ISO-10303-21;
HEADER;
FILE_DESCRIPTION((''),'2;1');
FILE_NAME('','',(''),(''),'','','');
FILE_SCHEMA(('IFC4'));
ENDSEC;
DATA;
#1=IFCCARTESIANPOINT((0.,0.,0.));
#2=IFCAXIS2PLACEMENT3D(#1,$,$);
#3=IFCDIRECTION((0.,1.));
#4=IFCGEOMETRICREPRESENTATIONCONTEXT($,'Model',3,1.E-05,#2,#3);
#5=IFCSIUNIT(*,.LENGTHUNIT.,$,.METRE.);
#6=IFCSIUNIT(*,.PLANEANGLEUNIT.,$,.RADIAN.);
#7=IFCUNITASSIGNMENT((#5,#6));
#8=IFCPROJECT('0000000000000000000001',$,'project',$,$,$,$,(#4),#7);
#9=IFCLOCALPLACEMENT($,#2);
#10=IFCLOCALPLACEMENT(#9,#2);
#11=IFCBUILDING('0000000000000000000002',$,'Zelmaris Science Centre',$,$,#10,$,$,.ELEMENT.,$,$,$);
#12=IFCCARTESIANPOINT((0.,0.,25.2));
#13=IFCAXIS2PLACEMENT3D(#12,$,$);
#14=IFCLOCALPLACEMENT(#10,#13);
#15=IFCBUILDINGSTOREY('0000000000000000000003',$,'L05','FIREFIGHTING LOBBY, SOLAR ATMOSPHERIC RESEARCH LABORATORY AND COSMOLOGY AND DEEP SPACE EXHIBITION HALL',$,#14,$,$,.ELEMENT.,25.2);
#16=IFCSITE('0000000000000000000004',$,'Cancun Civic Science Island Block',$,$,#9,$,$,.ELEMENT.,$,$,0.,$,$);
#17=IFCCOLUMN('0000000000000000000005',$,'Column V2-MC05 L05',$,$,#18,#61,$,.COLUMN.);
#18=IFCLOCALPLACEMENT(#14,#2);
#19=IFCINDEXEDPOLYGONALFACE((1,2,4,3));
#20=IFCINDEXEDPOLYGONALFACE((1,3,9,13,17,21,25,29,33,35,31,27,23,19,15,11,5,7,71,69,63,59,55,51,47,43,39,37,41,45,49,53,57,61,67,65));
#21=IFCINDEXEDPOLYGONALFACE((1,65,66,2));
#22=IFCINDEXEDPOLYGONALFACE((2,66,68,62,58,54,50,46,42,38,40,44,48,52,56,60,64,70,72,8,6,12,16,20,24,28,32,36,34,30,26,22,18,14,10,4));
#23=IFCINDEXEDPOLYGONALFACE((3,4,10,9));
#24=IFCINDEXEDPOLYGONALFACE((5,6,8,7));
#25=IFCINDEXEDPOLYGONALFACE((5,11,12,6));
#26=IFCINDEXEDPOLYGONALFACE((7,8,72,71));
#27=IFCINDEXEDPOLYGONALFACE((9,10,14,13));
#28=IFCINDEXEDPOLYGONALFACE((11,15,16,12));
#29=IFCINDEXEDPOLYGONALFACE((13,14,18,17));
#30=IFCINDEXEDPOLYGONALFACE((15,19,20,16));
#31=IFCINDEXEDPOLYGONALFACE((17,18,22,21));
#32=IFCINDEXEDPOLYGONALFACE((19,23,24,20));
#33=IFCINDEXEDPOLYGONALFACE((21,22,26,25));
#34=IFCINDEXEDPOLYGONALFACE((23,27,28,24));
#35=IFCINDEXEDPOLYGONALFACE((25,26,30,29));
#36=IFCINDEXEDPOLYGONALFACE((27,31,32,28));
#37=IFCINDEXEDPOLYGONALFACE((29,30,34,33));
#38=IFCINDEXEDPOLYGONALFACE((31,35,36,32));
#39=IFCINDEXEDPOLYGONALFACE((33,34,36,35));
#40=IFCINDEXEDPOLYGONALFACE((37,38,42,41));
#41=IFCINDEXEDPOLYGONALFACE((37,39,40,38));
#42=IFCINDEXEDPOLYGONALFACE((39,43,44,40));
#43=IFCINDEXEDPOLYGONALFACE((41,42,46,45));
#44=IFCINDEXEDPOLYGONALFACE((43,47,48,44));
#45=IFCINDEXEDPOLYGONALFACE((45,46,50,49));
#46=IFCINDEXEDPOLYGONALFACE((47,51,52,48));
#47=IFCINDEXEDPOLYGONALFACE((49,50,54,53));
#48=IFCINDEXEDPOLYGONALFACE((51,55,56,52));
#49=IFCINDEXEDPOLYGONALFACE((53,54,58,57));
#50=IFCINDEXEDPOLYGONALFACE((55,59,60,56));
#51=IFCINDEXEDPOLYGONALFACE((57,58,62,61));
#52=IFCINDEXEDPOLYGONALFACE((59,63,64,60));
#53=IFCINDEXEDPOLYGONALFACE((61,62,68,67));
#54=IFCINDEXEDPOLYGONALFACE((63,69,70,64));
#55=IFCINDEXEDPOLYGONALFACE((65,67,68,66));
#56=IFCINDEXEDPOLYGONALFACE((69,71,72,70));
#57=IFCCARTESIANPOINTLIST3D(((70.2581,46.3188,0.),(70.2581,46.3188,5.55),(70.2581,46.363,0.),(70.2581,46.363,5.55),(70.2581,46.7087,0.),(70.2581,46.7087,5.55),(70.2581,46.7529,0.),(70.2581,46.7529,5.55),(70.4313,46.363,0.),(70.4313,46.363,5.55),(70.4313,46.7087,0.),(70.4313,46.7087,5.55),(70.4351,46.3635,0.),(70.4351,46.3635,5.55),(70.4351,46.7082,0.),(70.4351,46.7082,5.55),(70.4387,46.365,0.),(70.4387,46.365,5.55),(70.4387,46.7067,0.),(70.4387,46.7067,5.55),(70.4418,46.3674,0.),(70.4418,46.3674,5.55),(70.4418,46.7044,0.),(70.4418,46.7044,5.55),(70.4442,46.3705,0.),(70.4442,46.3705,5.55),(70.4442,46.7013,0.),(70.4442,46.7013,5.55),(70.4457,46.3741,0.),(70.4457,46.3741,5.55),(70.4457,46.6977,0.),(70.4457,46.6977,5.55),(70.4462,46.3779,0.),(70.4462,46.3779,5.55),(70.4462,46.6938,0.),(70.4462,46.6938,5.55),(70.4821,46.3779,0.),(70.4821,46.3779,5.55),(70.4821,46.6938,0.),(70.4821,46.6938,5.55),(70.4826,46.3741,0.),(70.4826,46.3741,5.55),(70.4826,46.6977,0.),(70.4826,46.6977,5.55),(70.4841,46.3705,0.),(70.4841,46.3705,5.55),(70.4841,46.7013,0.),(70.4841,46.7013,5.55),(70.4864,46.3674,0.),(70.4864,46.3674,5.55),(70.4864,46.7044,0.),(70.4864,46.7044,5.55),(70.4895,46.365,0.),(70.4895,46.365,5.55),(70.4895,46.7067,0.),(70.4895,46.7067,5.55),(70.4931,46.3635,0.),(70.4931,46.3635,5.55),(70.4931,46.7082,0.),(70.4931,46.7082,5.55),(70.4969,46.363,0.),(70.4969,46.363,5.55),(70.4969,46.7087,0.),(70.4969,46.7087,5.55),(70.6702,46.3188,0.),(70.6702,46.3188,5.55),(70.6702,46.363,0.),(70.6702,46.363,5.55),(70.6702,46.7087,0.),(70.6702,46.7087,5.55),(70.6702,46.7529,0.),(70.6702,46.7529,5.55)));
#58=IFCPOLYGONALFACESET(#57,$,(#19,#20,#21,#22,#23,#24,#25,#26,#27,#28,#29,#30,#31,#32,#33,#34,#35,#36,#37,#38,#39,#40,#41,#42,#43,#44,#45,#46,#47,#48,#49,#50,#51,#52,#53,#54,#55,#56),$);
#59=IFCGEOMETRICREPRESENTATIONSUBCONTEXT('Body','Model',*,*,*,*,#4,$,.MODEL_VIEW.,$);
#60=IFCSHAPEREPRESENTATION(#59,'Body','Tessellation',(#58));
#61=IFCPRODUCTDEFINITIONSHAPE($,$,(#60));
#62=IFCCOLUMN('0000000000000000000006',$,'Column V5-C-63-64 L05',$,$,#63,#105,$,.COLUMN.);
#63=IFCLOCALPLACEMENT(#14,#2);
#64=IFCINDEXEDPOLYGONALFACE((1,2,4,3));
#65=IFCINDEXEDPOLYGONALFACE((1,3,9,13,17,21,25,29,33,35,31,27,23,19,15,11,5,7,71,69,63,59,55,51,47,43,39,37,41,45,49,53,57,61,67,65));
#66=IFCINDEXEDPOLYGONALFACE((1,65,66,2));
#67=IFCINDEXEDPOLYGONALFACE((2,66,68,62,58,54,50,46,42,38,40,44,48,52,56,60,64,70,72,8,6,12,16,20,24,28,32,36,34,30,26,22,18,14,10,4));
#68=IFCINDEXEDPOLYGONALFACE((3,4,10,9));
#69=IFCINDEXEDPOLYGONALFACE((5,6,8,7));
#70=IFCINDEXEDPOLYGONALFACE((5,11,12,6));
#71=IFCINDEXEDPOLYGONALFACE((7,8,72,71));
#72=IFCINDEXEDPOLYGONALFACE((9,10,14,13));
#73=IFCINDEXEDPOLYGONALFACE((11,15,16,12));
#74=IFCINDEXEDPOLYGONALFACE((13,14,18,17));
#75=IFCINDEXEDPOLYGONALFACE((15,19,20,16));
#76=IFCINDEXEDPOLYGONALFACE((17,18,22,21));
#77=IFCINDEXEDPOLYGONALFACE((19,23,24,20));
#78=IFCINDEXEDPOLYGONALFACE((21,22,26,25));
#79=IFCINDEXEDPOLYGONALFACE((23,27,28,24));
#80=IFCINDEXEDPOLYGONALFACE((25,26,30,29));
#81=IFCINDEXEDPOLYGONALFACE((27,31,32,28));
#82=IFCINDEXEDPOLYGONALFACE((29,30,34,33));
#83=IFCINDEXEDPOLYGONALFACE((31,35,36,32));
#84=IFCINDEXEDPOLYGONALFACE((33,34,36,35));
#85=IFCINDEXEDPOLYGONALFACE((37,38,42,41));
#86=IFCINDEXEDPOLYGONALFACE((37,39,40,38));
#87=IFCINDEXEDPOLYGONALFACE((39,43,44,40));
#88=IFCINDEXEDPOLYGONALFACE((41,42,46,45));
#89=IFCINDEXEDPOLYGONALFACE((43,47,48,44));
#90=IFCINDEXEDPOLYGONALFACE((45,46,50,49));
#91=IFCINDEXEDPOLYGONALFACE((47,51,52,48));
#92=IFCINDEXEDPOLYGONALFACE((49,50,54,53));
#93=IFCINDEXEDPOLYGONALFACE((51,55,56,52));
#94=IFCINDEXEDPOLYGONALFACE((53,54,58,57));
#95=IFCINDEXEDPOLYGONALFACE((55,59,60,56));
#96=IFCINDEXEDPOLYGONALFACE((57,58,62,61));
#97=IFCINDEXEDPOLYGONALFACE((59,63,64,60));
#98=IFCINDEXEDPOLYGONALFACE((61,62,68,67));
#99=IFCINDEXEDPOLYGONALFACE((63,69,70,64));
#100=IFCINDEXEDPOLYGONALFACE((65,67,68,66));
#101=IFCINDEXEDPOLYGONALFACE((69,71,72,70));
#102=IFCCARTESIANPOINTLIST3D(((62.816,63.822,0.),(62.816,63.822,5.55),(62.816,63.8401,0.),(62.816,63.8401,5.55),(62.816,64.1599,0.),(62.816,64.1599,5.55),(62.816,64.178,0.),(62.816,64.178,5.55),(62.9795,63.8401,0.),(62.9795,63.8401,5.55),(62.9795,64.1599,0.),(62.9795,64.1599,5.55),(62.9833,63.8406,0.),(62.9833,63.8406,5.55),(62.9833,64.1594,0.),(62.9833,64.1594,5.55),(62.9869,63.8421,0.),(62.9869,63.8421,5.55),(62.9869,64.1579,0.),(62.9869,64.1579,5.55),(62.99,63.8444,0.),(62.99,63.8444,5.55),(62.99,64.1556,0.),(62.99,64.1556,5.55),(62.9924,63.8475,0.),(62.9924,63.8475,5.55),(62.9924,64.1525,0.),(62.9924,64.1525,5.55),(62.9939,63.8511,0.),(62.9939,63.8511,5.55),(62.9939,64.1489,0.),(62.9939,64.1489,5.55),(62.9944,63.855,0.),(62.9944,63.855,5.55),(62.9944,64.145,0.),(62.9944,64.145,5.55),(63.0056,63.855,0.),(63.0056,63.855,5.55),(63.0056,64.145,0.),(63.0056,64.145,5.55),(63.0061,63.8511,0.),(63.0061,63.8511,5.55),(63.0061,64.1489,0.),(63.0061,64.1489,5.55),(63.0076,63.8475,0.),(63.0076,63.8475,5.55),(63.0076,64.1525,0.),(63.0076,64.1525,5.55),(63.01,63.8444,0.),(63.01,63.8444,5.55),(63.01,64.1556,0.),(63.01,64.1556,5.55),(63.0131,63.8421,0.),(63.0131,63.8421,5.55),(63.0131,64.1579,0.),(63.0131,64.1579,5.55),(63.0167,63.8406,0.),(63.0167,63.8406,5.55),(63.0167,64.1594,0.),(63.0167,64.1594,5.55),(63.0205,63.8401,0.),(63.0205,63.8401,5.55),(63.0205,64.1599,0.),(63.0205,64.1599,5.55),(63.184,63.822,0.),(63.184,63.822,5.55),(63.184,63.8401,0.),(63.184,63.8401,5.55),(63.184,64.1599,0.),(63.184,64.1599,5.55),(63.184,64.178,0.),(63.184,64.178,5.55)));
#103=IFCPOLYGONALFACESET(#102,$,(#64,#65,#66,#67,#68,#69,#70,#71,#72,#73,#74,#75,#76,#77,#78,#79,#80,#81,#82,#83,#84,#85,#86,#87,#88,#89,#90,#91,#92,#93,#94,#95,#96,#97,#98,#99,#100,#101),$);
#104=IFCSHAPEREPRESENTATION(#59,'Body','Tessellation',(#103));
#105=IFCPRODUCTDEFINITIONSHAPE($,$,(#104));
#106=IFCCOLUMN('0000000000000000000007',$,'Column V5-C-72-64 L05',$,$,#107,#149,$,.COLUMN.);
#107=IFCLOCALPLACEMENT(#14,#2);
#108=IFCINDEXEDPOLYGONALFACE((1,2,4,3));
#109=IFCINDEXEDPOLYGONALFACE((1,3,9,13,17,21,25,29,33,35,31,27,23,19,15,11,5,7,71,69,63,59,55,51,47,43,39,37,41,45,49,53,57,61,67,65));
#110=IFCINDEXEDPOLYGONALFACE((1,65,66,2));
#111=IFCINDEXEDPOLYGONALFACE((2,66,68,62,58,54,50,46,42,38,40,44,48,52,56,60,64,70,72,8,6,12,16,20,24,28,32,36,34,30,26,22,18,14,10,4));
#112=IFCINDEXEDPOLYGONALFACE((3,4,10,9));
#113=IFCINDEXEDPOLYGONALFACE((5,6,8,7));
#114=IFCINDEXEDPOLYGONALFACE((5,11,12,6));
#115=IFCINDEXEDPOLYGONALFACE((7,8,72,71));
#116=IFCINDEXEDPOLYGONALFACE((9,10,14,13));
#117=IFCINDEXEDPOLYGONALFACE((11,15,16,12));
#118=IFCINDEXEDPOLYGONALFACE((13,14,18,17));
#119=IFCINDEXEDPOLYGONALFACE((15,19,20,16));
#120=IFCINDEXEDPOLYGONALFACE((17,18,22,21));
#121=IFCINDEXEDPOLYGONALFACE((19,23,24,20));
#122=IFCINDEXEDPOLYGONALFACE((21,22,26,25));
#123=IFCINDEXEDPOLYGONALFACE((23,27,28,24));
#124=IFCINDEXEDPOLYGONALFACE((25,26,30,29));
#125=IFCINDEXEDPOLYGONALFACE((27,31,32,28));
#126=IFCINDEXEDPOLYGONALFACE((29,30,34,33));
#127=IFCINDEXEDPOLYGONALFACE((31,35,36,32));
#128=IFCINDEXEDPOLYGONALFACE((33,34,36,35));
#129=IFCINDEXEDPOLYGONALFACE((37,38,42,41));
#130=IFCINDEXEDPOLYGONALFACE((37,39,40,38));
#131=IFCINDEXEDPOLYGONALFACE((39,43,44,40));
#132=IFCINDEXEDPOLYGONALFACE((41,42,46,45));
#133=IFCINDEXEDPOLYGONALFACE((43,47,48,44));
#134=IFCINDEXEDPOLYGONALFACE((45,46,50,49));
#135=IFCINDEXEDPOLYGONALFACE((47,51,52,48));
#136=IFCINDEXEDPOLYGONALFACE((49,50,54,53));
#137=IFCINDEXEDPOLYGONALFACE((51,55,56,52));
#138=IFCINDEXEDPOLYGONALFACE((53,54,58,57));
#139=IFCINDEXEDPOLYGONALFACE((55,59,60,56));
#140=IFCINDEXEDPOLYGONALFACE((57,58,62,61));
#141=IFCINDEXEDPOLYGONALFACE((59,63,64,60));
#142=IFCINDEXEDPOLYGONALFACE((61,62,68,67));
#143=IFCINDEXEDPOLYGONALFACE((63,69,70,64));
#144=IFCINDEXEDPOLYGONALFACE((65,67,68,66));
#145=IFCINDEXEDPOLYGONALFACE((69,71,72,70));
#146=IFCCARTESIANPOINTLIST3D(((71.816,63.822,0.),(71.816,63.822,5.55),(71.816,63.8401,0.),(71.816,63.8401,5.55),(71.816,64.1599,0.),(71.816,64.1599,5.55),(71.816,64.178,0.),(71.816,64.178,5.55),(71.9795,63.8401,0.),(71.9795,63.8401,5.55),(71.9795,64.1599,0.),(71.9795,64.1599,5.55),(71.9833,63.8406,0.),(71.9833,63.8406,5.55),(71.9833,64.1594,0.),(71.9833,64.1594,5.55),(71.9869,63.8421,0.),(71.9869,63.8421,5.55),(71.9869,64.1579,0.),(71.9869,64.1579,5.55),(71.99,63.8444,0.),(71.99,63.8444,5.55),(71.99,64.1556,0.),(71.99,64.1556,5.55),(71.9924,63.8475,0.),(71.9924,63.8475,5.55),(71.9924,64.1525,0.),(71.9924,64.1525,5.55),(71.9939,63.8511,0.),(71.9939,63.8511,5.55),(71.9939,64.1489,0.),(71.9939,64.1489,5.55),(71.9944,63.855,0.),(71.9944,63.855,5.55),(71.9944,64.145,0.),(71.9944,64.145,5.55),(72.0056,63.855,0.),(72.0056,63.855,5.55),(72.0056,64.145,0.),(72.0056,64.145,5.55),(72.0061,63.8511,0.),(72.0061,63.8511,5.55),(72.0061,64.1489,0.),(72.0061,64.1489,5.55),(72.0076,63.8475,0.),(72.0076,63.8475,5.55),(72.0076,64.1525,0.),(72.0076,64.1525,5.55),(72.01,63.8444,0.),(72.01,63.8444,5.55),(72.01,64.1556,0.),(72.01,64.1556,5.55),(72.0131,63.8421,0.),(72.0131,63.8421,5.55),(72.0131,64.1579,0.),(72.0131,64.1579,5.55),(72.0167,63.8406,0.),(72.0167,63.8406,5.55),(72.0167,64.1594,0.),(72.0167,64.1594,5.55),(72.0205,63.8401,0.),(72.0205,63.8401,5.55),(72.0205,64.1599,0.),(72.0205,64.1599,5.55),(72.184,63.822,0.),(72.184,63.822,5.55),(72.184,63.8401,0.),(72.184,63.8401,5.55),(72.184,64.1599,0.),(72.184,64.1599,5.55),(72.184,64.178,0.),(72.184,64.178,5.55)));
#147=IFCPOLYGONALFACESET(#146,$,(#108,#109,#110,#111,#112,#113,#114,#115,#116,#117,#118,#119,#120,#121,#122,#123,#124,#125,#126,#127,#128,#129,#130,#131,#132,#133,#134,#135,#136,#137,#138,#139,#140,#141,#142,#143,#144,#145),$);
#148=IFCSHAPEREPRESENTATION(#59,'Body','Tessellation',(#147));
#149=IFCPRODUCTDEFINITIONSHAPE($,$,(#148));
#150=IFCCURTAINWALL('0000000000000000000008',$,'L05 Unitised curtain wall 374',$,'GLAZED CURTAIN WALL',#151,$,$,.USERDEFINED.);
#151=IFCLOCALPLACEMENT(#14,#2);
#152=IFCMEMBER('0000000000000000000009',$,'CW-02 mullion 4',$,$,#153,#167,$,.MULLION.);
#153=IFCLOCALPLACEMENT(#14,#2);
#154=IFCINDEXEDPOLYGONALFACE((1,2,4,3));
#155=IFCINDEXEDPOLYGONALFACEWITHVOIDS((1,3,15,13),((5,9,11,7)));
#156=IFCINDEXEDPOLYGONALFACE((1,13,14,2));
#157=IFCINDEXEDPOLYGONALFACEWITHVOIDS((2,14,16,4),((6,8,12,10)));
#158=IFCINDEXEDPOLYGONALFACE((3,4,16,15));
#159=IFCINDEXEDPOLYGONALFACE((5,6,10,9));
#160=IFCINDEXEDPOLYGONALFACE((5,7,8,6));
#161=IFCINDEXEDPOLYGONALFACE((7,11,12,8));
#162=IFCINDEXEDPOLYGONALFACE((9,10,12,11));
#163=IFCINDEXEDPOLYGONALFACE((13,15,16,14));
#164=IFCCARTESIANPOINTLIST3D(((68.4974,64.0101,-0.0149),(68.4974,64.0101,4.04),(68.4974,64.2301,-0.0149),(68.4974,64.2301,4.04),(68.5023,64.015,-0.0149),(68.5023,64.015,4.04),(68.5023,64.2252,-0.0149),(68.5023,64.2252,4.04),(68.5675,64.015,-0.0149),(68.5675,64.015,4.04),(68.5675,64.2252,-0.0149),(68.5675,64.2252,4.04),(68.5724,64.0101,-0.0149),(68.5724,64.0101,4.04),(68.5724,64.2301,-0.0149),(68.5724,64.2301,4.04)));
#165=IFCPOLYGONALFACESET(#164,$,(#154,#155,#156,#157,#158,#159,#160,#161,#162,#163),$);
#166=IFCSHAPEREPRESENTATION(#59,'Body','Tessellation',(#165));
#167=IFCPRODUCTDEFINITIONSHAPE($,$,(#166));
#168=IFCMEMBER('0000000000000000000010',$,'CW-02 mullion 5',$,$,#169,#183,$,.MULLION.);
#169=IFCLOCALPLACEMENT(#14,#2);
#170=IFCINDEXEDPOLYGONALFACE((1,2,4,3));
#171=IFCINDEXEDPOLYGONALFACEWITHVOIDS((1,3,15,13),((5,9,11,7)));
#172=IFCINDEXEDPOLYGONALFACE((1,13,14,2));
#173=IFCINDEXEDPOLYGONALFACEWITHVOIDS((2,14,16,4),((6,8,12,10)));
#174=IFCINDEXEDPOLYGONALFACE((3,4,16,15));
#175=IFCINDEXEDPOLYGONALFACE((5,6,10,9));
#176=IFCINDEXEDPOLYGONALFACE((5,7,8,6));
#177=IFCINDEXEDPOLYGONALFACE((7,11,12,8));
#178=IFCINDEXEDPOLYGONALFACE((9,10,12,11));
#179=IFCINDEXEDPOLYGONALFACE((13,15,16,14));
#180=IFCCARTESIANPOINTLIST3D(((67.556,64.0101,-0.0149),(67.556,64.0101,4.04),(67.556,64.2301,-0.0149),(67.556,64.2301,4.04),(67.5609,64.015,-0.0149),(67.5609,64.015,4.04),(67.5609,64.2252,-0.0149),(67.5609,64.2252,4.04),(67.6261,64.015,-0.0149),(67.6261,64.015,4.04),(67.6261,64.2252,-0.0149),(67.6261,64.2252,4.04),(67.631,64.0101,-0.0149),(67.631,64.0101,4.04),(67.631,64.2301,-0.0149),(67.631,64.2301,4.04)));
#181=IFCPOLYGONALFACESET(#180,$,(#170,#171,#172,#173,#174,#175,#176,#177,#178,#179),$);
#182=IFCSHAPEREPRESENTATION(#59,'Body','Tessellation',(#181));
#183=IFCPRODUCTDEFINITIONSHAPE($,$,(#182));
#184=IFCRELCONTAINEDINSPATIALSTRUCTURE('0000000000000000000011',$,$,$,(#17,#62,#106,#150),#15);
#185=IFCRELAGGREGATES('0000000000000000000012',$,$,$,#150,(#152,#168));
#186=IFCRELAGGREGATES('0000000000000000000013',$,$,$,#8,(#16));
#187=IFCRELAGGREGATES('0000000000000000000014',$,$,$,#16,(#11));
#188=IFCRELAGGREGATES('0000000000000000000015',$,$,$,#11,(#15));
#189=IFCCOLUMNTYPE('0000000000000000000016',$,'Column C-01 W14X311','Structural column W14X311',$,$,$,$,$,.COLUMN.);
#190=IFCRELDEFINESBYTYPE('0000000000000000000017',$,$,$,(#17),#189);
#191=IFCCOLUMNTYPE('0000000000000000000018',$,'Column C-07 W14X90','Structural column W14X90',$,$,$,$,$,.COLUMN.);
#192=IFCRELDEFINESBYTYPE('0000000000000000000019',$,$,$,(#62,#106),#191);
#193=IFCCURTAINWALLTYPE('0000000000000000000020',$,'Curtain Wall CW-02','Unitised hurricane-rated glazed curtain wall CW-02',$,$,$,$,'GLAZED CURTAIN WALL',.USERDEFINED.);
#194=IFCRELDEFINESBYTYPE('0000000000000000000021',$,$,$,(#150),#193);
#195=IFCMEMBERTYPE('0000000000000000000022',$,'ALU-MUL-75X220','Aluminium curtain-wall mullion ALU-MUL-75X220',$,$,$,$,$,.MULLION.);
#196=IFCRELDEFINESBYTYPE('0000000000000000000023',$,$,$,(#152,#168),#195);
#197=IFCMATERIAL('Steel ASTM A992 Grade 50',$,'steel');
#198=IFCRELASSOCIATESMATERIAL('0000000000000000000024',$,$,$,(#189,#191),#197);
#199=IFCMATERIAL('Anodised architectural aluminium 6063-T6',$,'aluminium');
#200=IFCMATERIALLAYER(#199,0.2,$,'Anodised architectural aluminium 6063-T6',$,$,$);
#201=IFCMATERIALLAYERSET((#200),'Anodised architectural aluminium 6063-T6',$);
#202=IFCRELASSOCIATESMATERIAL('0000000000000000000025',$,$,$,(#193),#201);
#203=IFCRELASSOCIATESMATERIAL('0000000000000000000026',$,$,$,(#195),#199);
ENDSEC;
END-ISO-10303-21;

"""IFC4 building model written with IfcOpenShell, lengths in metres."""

from ifc_helpers import new_model, si_unit, direction, frame, origin, origin_2d, place, context, subcontext, project, spatial, hollow_rectangle, i_section, extrude, material, layer, layer_set, material_profile, profile_set, type_object, element, aggregate, save


model = new_model("IFC4")

# Units and contexts
model_context = context("Model", 3, precision=1e-05, world=origin(), true_north=direction((0.0, 1.0)))
body_context = subcontext(model_context, "Body", "Model", "MODEL_VIEW")
ifc_project = project(units=[si_unit("LENGTHUNIT", "METRE"), si_unit("PLANEANGLEUNIT", "RADIAN")], contexts=[model_context])

# Site, building, storey
site_placement = place(None, origin())
site = spatial("IfcSite", under=ifc_project, at=site_placement, Name="Cancun Civic Science Island Block", CompositionType="ELEMENT", RefElevation=0.0)
building_placement = place(site_placement, origin())
building = spatial("IfcBuilding", under=site, at=building_placement, Name="Zelmaris Science Centre", CompositionType="ELEMENT")
storey_placement = place(building_placement, frame((0.0, 0.0, 25.2)))
storey = spatial("IfcBuildingStorey", under=building, at=storey_placement, Name="L05", Description="FIREFIGHTING LOBBY, SOLAR ATMOSPHERIC RESEARCH LABORATORY AND COSMOLOGY AND DEEP SPACE EXHIBITION HALL", CompositionType="ELEMENT", Elevation=25.2)

# Columns
ifc_material_1 = material(Name="Steel ASTM A992 Grade 50", Category="steel")
ifc_material_profile_1 = material_profile(ifc_material_1, i_section(OverallWidth=0.4121, OverallDepth=0.4341, WebThickness=0.0359, FlangeThickness=0.0442, FilletRadius=0.0149, at=origin_2d()), Name="W14X311")
ifc_profile_set_1 = profile_set([ifc_material_profile_1], Name="Steel ASTM A992 Grade 50")
column_type_1 = type_object("IfcColumnType", Name="Column C-01 W14X311", Description="Structural column W14X311", PredefinedType="COLUMN", material=ifc_profile_set_1)
column_placement = place(storey_placement, frame((70.4641, 46.5359, 0.0), z_axis=(0.0, 0.0, 1.0), x_axis=(1.0, 0.0, 0.0)))
element("IfcColumn", 1, at=column_placement, inside=storey, type_object=column_type_1, Name="Column V2-MC05 L05", PredefinedType="COLUMN", context=body_context, shape_type="SweptSolid", body=[
    extrude(i_section(OverallWidth=0.4121, OverallDepth=0.4341, WebThickness=0.0359, FlangeThickness=0.0442, FilletRadius=0.0149, at=origin_2d()), origin(), (0.0, 0.0, 1.0), 5.55),
])
ifc_material_profile_2 = material_profile(ifc_material_1, i_section(OverallWidth=0.3679, OverallDepth=0.356, WebThickness=0.0112, FlangeThickness=0.0181, FilletRadius=0.0149, at=origin_2d()), Name="W14X90")
ifc_profile_set_2 = profile_set([ifc_material_profile_2], Name="Steel ASTM A992 Grade 50")
column_type_2 = type_object("IfcColumnType", Name="Column C-07 W14X90", Description="Structural column W14X90", PredefinedType="COLUMN", material=ifc_profile_set_2)
for number, where, z_axis, x_axis, name in (
    (2, (63.0, 64.0, 0.0), (0.0, 0.0, 1.0), (1.0, 0.0, 0.0), "Column V5-C-63-64 L05"),
    (3, (72.0, 64.0, 0.0), (0.0, 0.0, 1.0), (1.0, 0.0, 0.0), "Column V5-C-72-64 L05"),
):
    element("IfcColumn", number, at=place(storey_placement, frame(where, z_axis=z_axis, x_axis=x_axis)), inside=storey, type_object=column_type_2, Name=name, PredefinedType="COLUMN", context=body_context, shape_type="SweptSolid", body=[
        extrude(i_section(OverallWidth=0.3679, OverallDepth=0.356, WebThickness=0.0112, FlangeThickness=0.0181, FilletRadius=0.0149, at=origin_2d()), origin(), (0.0, 0.0, 1.0), 5.55),
    ])

# Curtain wall, members
ifc_material_2 = material(Name="Anodised architectural aluminium 6063-T6", Category="aluminium")
ifc_layer_1 = layer(ifc_material_2, 0.2, Name="Anodised architectural aluminium 6063-T6")
ifc_layer_set_1 = layer_set([ifc_layer_1], Name="Anodised architectural aluminium 6063-T6")
curtain_wall_type = type_object("IfcCurtainWallType", Name="Curtain Wall CW-02", Description="Unitised hurricane-rated glazed curtain wall CW-02", ElementType="GLAZED CURTAIN WALL", PredefinedType="USERDEFINED", material=ifc_layer_set_1)
curtain_wall_placement = place(storey_placement, origin())
curtain_wall = element("IfcCurtainWall", 4, at=curtain_wall_placement, inside=storey, type_object=curtain_wall_type, Name="L05 Unitised curtain wall 374", ObjectType="GLAZED CURTAIN WALL", PredefinedType="USERDEFINED")
ifc_material_profile_3 = material_profile(ifc_material_2, hollow_rectangle(XDim=0.075, YDim=0.22, WallThickness=0.0049, at=origin_2d()), Name="ALU-MUL-75X220")
ifc_profile_set_3 = profile_set([ifc_material_profile_3], Name="Anodised architectural aluminium 6063-T6")
member_type_1 = type_object("IfcMemberType", Name="ALU-MUL-75X220", Description="Aluminium curtain-wall mullion ALU-MUL-75X220", PredefinedType="MULLION", material=ifc_profile_set_3)
member_1_placement = place(storey_placement, frame((68.5349, 64.1201, -0.0149), z_axis=(0.0, 0.0, 1.0), x_axis=(-1.0, 0.000005, 0.0)))
member_1 = element("IfcMember", 5, at=member_1_placement, type_object=member_type_1, Name="CW-02 mullion 4", PredefinedType="MULLION", context=body_context, shape_type="SweptSolid", body=[
    extrude(hollow_rectangle(XDim=0.075, YDim=0.22, WallThickness=0.0049, at=origin_2d()), origin(), (0.0, 0.0, 1.0), 4.0549),
])
member_2_placement = place(storey_placement, frame((67.5935, 64.1201, -0.0149), z_axis=(0.0, 0.0, 1.0), x_axis=(-1.0, 0.000005, 0.0)))
member_2 = element("IfcMember", 6, at=member_2_placement, type_object=member_type_1, Name="CW-02 mullion 5", PredefinedType="MULLION", context=body_context, shape_type="SweptSolid", body=[
    extrude(hollow_rectangle(XDim=0.075, YDim=0.22, WallThickness=0.0049, at=origin_2d()), origin(), (0.0, 0.0, 1.0), 4.0549),
])

aggregate(curtain_wall, [member_1, member_2])

save(model, "model.ifc")
